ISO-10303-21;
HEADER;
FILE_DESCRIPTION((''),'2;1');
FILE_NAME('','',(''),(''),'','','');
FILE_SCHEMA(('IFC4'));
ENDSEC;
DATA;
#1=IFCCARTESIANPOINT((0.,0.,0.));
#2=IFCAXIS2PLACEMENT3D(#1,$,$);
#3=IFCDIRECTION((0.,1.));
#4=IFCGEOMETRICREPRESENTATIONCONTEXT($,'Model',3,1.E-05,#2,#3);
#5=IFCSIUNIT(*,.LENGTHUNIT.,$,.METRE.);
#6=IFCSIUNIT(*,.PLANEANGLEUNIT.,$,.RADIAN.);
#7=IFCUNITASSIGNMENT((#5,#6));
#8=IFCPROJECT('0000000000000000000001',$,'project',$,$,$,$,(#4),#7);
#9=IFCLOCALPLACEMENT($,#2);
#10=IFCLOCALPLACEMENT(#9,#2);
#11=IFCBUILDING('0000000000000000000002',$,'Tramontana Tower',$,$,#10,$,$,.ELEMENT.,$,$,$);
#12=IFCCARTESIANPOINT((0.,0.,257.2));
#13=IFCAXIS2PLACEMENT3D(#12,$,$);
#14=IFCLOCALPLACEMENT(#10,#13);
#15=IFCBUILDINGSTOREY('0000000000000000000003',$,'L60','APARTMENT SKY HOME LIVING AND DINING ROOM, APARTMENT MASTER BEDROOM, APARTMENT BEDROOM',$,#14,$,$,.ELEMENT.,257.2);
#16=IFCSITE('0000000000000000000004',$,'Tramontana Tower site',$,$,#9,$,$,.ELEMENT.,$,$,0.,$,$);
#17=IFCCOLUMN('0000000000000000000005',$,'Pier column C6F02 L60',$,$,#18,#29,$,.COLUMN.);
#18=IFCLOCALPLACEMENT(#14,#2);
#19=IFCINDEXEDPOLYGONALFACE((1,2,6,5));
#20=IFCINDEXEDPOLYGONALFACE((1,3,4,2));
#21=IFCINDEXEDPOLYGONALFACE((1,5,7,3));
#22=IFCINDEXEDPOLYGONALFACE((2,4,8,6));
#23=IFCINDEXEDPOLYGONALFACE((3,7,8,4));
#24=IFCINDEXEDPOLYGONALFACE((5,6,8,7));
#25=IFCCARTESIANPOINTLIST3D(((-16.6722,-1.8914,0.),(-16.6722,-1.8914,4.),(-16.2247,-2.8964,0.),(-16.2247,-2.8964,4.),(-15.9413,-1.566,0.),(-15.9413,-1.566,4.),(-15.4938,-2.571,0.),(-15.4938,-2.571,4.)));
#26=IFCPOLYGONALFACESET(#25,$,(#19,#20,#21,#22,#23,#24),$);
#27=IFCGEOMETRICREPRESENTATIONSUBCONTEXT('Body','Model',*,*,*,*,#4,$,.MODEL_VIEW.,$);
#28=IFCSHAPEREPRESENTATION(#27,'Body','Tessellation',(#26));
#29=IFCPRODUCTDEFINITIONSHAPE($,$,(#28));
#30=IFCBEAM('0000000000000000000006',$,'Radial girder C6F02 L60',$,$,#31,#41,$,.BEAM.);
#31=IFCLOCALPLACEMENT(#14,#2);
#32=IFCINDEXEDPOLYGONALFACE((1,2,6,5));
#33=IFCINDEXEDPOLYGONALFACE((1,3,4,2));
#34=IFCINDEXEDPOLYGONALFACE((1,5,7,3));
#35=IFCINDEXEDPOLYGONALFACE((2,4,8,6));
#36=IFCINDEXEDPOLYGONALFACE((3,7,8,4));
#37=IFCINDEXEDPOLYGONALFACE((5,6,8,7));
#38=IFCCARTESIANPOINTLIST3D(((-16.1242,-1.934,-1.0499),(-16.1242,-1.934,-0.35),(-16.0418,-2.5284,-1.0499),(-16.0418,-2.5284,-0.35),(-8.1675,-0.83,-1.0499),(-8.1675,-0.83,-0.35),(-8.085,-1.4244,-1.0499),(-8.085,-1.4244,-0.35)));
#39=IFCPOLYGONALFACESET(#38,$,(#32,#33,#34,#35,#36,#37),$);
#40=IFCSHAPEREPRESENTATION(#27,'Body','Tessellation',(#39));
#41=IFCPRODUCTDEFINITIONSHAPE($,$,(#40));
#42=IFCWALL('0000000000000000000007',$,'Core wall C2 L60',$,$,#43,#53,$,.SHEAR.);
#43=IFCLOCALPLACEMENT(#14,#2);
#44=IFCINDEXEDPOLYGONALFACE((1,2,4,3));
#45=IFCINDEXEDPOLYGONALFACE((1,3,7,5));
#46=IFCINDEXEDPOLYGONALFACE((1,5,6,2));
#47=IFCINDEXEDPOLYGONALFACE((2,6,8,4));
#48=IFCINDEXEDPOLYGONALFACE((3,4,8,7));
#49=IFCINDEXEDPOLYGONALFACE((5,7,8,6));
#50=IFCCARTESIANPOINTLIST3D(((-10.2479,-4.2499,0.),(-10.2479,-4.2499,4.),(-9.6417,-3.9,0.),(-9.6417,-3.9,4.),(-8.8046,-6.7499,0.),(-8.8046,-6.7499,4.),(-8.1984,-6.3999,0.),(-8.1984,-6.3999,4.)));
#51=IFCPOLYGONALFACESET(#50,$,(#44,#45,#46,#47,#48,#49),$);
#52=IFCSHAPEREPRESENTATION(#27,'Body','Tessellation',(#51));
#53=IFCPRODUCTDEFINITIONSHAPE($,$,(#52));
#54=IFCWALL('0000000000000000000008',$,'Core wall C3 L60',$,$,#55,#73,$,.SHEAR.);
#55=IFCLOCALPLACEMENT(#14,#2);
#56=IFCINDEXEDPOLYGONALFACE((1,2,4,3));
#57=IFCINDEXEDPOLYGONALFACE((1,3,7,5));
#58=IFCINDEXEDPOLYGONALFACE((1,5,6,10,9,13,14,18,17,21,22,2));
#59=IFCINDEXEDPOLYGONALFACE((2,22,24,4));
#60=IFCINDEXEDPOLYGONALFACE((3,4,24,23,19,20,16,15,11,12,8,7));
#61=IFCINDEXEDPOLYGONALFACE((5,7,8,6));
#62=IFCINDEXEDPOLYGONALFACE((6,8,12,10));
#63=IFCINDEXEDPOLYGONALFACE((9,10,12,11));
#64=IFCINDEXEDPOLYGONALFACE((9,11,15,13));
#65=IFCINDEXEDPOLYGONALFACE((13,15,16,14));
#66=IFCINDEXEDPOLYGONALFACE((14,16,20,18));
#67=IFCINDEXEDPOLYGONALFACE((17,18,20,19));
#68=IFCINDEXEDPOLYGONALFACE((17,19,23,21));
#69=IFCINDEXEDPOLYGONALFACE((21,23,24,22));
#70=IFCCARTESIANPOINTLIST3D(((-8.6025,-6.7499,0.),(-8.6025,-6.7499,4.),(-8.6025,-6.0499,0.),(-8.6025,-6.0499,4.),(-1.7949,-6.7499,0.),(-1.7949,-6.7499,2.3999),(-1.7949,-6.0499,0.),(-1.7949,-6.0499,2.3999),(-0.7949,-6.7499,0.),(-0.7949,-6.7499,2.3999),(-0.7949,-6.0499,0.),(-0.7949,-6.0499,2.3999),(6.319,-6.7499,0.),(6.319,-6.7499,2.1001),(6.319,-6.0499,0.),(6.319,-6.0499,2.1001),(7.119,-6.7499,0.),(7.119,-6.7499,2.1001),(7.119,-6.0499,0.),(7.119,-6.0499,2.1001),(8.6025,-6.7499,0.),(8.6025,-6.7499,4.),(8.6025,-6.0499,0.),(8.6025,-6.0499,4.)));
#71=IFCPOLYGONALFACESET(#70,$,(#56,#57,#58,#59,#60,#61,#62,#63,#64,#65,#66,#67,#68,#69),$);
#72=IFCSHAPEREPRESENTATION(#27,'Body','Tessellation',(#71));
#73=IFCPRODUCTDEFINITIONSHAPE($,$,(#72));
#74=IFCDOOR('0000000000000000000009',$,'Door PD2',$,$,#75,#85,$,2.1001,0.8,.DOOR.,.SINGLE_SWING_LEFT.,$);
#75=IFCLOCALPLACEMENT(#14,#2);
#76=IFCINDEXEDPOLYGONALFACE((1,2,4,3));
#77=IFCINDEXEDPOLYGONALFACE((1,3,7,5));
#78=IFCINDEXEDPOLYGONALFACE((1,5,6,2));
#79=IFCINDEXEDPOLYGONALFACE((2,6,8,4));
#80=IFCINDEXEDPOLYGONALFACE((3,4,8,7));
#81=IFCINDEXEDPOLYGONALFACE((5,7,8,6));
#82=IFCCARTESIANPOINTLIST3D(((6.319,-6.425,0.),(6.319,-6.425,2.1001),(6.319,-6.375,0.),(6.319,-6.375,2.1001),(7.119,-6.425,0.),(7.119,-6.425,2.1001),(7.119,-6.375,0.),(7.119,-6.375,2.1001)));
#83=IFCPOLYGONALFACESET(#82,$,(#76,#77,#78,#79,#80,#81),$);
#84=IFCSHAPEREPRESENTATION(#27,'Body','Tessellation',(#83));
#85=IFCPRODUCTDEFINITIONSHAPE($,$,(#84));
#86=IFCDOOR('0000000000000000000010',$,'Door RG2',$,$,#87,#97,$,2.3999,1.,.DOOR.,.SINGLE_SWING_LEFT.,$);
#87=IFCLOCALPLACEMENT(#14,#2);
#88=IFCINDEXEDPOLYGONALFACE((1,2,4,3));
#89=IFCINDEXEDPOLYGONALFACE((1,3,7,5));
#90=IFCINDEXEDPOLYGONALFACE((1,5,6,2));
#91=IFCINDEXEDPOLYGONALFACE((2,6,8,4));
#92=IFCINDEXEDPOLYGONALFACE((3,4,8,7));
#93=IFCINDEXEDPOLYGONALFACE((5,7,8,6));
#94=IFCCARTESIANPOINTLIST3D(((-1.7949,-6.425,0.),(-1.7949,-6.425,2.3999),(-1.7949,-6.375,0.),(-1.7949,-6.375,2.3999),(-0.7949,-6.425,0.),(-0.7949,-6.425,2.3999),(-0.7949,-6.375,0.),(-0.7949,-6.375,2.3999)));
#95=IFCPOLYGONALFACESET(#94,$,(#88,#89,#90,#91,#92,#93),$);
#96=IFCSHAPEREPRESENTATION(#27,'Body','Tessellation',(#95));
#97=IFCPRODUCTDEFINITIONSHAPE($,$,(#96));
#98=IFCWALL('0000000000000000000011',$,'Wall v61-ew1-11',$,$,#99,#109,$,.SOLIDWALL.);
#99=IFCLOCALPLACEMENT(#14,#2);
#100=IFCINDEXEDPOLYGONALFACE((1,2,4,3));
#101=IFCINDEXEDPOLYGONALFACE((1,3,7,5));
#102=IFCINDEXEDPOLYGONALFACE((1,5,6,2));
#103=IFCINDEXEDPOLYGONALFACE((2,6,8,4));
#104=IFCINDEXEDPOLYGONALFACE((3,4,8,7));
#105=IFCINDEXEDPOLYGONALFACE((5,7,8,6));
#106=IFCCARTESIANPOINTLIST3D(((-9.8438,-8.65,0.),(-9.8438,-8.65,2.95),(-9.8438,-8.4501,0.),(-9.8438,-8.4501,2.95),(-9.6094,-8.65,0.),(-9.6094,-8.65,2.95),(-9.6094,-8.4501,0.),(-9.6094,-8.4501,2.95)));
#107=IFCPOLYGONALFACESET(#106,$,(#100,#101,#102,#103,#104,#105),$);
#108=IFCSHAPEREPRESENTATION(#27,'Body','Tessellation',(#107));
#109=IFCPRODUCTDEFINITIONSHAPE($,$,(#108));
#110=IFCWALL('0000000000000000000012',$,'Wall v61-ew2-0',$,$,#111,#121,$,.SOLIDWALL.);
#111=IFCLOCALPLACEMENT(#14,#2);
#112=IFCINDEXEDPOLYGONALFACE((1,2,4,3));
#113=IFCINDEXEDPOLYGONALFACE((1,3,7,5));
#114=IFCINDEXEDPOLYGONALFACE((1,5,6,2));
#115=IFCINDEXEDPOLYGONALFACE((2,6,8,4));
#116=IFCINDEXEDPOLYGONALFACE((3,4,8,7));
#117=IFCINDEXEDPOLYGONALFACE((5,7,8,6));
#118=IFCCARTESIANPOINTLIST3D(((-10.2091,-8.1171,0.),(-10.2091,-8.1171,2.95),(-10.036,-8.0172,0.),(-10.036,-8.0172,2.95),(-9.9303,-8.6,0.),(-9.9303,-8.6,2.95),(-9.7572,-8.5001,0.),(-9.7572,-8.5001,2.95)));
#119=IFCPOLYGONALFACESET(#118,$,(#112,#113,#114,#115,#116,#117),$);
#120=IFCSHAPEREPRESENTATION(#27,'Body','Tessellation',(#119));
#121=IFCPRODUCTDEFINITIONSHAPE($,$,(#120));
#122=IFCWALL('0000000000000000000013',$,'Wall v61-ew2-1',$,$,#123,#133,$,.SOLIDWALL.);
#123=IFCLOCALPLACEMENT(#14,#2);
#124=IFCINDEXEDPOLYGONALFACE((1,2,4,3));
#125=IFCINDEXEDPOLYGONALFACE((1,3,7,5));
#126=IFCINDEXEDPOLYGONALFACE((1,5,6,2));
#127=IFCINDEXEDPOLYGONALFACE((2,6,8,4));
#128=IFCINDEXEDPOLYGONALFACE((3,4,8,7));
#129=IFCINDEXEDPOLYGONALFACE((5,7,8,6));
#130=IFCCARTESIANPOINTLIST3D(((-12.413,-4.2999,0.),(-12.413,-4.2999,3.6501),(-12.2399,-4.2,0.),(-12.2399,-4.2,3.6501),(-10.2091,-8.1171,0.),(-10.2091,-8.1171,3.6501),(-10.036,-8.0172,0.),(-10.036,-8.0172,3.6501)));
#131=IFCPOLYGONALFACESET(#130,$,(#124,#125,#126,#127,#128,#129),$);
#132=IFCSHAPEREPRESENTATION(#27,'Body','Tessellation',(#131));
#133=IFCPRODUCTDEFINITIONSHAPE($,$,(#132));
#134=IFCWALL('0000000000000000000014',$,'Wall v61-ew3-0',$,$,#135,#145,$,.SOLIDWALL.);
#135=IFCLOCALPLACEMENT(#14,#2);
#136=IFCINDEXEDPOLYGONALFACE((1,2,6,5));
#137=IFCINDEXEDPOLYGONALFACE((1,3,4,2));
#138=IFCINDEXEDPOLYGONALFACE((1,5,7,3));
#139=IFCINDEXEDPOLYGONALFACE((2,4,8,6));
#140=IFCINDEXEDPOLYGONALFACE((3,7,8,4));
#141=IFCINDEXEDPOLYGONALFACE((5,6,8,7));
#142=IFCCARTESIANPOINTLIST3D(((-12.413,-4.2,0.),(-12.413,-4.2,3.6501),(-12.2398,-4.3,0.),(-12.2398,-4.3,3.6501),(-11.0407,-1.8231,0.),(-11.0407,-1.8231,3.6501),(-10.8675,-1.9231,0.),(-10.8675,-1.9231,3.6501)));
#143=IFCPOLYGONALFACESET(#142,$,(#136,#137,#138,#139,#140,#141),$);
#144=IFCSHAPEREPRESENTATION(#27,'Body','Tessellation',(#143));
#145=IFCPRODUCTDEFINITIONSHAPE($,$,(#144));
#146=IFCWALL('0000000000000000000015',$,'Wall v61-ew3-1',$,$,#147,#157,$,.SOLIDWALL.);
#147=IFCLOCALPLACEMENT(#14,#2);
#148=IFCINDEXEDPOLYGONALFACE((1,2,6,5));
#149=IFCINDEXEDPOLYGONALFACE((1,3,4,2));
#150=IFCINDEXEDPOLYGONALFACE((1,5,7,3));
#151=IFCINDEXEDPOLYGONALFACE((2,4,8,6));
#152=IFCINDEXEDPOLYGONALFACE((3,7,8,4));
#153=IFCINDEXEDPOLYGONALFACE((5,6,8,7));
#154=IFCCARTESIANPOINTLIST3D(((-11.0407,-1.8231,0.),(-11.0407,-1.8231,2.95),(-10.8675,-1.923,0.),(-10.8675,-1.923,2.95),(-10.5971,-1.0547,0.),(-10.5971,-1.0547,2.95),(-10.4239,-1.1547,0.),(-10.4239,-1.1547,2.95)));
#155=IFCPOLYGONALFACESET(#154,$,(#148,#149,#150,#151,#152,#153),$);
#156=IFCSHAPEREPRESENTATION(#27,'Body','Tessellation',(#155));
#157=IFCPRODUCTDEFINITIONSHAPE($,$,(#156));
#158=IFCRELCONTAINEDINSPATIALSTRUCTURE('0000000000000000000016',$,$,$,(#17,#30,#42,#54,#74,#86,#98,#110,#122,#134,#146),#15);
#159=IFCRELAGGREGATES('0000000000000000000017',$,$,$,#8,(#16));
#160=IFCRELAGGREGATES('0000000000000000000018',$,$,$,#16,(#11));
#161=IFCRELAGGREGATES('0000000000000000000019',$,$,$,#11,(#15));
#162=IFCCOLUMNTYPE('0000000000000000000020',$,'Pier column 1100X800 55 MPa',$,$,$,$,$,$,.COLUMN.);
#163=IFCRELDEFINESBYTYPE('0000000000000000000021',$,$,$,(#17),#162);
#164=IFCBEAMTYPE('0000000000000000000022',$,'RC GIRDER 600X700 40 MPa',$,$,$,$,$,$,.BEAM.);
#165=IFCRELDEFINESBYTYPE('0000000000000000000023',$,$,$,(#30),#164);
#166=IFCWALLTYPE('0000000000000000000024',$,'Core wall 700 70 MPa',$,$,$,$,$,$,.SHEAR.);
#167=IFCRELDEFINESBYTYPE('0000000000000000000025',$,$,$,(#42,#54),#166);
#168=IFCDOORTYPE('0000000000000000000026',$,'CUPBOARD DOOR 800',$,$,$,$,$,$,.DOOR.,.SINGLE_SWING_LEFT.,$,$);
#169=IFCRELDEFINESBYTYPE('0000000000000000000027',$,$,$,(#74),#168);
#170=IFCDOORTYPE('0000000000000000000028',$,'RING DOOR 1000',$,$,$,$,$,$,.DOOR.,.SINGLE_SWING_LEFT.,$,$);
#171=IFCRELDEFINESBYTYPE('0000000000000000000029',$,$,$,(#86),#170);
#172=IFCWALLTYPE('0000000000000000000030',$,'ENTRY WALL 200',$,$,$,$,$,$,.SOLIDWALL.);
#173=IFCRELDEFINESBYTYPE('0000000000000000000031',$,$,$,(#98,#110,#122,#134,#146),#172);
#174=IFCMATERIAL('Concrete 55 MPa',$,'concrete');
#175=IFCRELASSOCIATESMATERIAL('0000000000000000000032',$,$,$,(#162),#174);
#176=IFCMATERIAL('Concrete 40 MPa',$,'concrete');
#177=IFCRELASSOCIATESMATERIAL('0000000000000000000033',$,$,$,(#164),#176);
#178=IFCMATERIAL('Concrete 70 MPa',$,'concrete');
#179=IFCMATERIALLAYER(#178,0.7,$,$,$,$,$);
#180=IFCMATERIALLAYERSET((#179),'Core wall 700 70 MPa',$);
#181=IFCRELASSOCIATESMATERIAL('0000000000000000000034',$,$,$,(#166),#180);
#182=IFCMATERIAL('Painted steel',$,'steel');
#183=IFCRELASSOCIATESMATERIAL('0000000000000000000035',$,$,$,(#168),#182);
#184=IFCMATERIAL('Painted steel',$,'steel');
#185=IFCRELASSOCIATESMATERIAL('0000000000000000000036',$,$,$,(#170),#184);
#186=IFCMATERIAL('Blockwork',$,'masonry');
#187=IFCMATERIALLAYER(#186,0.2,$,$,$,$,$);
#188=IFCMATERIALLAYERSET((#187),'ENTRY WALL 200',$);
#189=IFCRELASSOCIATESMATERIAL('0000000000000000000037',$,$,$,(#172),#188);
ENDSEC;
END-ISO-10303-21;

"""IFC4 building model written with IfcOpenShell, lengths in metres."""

from ifc_helpers import new_model, si_unit, direction, frame, frame_2d, origin, origin_2d, place, context, subcontext, project, spatial, rectangle, extrude, material, layer, layer_set, material_profile, profile_set, type_object, element, fill, save


model = new_model("IFC4")

# Units and contexts
model_context = context("Model", 3, precision=1e-05, world=origin(), true_north=direction((0.0, 1.0)))
body_context = subcontext(model_context, "Body", "Model", "MODEL_VIEW")
ifc_project = project(units=[si_unit("LENGTHUNIT", "METRE"), si_unit("PLANEANGLEUNIT", "RADIAN")], contexts=[model_context])

# Site, building, storey
site_placement = place(None, origin())
site = spatial("IfcSite", under=ifc_project, at=site_placement, Name="Tramontana Tower site", CompositionType="ELEMENT", RefElevation=0.0)
building_placement = place(site_placement, origin())
building = spatial("IfcBuilding", under=site, at=building_placement, Name="Tramontana Tower", CompositionType="ELEMENT")
storey_placement = place(building_placement, frame((0.0, 0.0, 257.2)))
storey = spatial("IfcBuildingStorey", under=building, at=storey_placement, Name="L60", Description="APARTMENT SKY HOME LIVING AND DINING ROOM, APARTMENT MASTER BEDROOM, APARTMENT BEDROOM", CompositionType="ELEMENT", Elevation=257.2)

# Column
ifc_material_1 = material(Name="Concrete 55 MPa", Category="concrete")
ifc_material_profile_1 = material_profile(ifc_material_1, rectangle(XDim=1.1001, YDim=0.8, at=origin_2d()), Name="Pier column 1100X800 55 MPa")
ifc_profile_set_1 = profile_set([ifc_material_profile_1], Name="Concrete 55 MPa")
column_type = type_object("IfcColumnType", Name="Pier column 1100X800 55 MPa", PredefinedType="COLUMN", material=ifc_profile_set_1)
column_placement = place(storey_placement, frame((-16.083, -2.2312, 0.0), z_axis=(0.0, 0.0, 1.0), x_axis=(0.406737, -0.913545, 0.0)))
element("IfcColumn", 1, at=column_placement, inside=storey, type_object=column_type, Name="Pier column C6F02 L60", PredefinedType="COLUMN", context=body_context, shape_type="SweptSolid", body=[
    extrude(rectangle(XDim=1.1001, YDim=0.8, at=origin_2d()), origin(), (0.0, 0.0, 1.0), 4.0),
])

# Beam
ifc_material_2 = material(Name="Concrete 40 MPa", Category="concrete")
ifc_material_profile_2 = material_profile(ifc_material_2, rectangle(XDim=0.6001, YDim=0.7, at=origin_2d()), Name="RC GIRDER 600X700 40 MPa")
ifc_profile_set_2 = profile_set([ifc_material_profile_2], Name="Concrete 40 MPa")
beam_type = type_object("IfcBeamType", Name="RC GIRDER 600X700 40 MPa", PredefinedType="BEAM", material=ifc_profile_set_2)
beam_placement = place(storey_placement, frame((-16.083, -2.2312, -0.7), z_axis=(0.990511, 0.137433, 0.0), x_axis=(-0.137433, 0.990511, 0.0)))
element("IfcBeam", 2, at=beam_placement, inside=storey, type_object=beam_type, Name="Radial girder C6F02 L60", PredefinedType="BEAM", context=body_context, shape_type="SweptSolid", body=[
    extrude(rectangle(XDim=0.6001, YDim=0.7, at=origin_2d()), origin(), (0.0, 0.0, 1.0), 8.033),
])

# Wall
ifc_material_3 = material(Name="Concrete 70 MPa", Category="concrete")
ifc_layer_1 = layer(ifc_material_3, 0.7)
ifc_layer_set_1 = layer_set([ifc_layer_1], Name="Core wall 700 70 MPa")
wall_type_1 = type_object("IfcWallType", Name="Core wall 700 70 MPa", PredefinedType="SHEAR", material=ifc_layer_set_1)
wall_1_placement = place(storey_placement, frame((-9.9448, -4.075, 0.0), z_axis=(0.0, 0.0, 1.0), x_axis=(0.499996, -0.866028, 0.0)))
element("IfcWall", 3, at=wall_1_placement, inside=storey, type_object=wall_type_1, Name="Core wall C2 L60", PredefinedType="SHEAR", context=body_context, shape_type="SweptSolid", body=[
    extrude(rectangle(XDim=2.8867, YDim=0.7, at=frame_2d((1.4434, 0.0))), origin(), (0.0, 0.0, 1.0), 4.0),
])

# Wall, openings, doors
wall_2_placement = place(storey_placement, frame((-8.6025, -6.3999, 0.0), z_axis=(0.0, 0.0, 1.0), x_axis=(1.0, 0.0, 0.0)))
wall_2 = element("IfcWall", 4, at=wall_2_placement, inside=storey, type_object=wall_type_1, Name="Core wall C3 L60", PredefinedType="SHEAR", context=body_context, shape_type="SweptSolid", body=[
    extrude(rectangle(XDim=17.2051, YDim=0.7, at=frame_2d((8.6025, 0.0))), origin(), (0.0, 0.0, 1.0), 4.0),
])
opening_1_placement = place(wall_2_placement, frame((6.8076, 0.0, 0.0)))
opening_1 = element("IfcOpeningElement", 5, at=opening_1_placement, cuts=wall_2, PredefinedType="OPENING", context=body_context, shape_type="SweptSolid", body=[
    extrude(rectangle(XDim=1.0, YDim=2.3999, at=frame_2d((0.5, 1.2))), frame((0.0, 0.3599, 0.0), z_axis=(0.0, -1.0, 0.0), x_axis=(1.0, 0.0, 0.0)), (0.0, 0.0, 1.0), 0.72),
])
opening_2_placement = place(wall_2_placement, frame((14.9216, 0.0, 0.0)))
opening_2 = element("IfcOpeningElement", 6, at=opening_2_placement, cuts=wall_2, PredefinedType="OPENING", context=body_context, shape_type="SweptSolid", body=[
    extrude(rectangle(XDim=0.8, YDim=2.1001, at=frame_2d((0.3999, 1.05))), frame((0.0, 0.3599, 0.0), z_axis=(0.0, -1.0, 0.0), x_axis=(1.0, 0.0, 0.0)), (0.0, 0.0, 1.0), 0.72),
])
ifc_material_4 = material(Name="Painted steel", Category="steel")
door_type_1 = type_object("IfcDoorType", Name="CUPBOARD DOOR 800", OperationType="SINGLE_SWING_LEFT", PredefinedType="DOOR", material=ifc_material_4)
door_1_placement = place(opening_2_placement, origin())
door_1 = element("IfcDoor", 7, at=door_1_placement, inside=storey, type_object=door_type_1, Name="Door PD2", OperationType="SINGLE_SWING_LEFT", OverallHeight=2.1001, OverallWidth=0.8, PredefinedType="DOOR", context=body_context, shape_type="SweptSolid", body=[
    extrude(rectangle(XDim=0.8, YDim=2.1001, at=frame_2d((0.3999, 1.05))), frame((0.0, 0.0249, 0.0), z_axis=(0.0, -1.0, 0.0), x_axis=(1.0, 0.0, 0.0)), (0.0, 0.0, 1.0), 0.05),
])
fill(opening_2, door_1)
ifc_material_5 = material(Name="Painted steel", Category="steel")
door_type_2 = type_object("IfcDoorType", Name="RING DOOR 1000", OperationType="SINGLE_SWING_LEFT", PredefinedType="DOOR", material=ifc_material_5)
door_2_placement = place(opening_1_placement, origin())
door_2 = element("IfcDoor", 8, at=door_2_placement, inside=storey, type_object=door_type_2, Name="Door RG2", OperationType="SINGLE_SWING_LEFT", OverallHeight=2.3999, OverallWidth=1.0, PredefinedType="DOOR", context=body_context, shape_type="SweptSolid", body=[
    extrude(rectangle(XDim=1.0, YDim=2.3999, at=frame_2d((0.5, 1.2))), frame((0.0, 0.0249, 0.0), z_axis=(0.0, -1.0, 0.0), x_axis=(1.0, 0.0, 0.0)), (0.0, 0.0, 1.0), 0.05),
])
fill(opening_1, door_2)

# Walls
ifc_material_6 = material(Name="Blockwork", Category="masonry")
ifc_layer_2 = layer(ifc_material_6, 0.2)
ifc_layer_set_2 = layer_set([ifc_layer_2], Name="ENTRY WALL 200")
wall_type_2 = type_object("IfcWallType", Name="ENTRY WALL 200", PredefinedType="SOLIDWALL", material=ifc_layer_set_2)
wall_3_placement = place(storey_placement, frame((-9.6094, -8.55, 0.0), z_axis=(0.0, 0.0, 1.0), x_axis=(-1.0, 0.0, 0.0)))
element("IfcWall", 9, at=wall_3_placement, inside=storey, type_object=wall_type_2, Name="Wall v61-ew1-11", PredefinedType="SOLIDWALL", context=body_context, shape_type="SweptSolid", body=[
    extrude(rectangle(XDim=0.2344, YDim=0.2, at=frame_2d((0.1172, 0.0))), origin(), (0.0, 0.0, 1.0), 2.95),
])
wall_4_placement = place(storey_placement, frame((-9.8438, -8.55, 0.0), z_axis=(0.0, 0.0, 1.0), x_axis=(-0.5, 0.866025, 0.0)))
element("IfcWall", 10, at=wall_4_placement, inside=storey, type_object=wall_type_2, Name="Wall v61-ew2-0", PredefinedType="SOLIDWALL", context=body_context, shape_type="SweptSolid", body=[
    extrude(rectangle(XDim=0.5576, YDim=0.2, at=frame_2d((0.2788, 0.0))), origin(), (0.0, 0.0, 1.0), 2.95),
])
wall_5_placement = place(storey_placement, frame((-10.1226, -8.0671, 0.0), z_axis=(0.0, 0.0, 1.0), x_axis=(-0.500005, 0.866022, 0.0)))
element("IfcWall", 11, at=wall_5_placement, inside=storey, type_object=wall_type_2, Name="Wall v61-ew2-1", PredefinedType="SOLIDWALL", context=body_context, shape_type="SweptSolid", body=[
    extrude(rectangle(XDim=4.4077, YDim=0.2, at=frame_2d((2.2039, 0.0))), origin(), (0.0, 0.0, 1.0), 3.6501),
])
wall_6_placement = place(storey_placement, frame((-12.3264, -4.25, 0.0), z_axis=(0.0, 0.0, 1.0), x_axis=(0.499995, 0.866029, 0.0)))
element("IfcWall", 12, at=wall_6_placement, inside=storey, type_object=wall_type_2, Name="Wall v61-ew3-0", PredefinedType="SOLIDWALL", context=body_context, shape_type="SweptSolid", body=[
    extrude(rectangle(XDim=2.7446, YDim=0.2, at=frame_2d((1.3723, 0.0))), origin(), (0.0, 0.0, 1.0), 3.6501),
])
wall_7_placement = place(storey_placement, frame((-10.9541, -1.873, 0.0), z_axis=(0.0, 0.0, 1.0), x_axis=(0.500016, 0.866016, 0.0)))
element("IfcWall", 13, at=wall_7_placement, inside=storey, type_object=wall_type_2, Name="Wall v61-ew3-1", PredefinedType="SOLIDWALL", context=body_context, shape_type="SweptSolid", body=[
    extrude(rectangle(XDim=0.8872, YDim=0.2, at=frame_2d((0.4436, 0.0))), origin(), (0.0, 0.0, 1.0), 2.95),
])

save(model, "model.ifc")
